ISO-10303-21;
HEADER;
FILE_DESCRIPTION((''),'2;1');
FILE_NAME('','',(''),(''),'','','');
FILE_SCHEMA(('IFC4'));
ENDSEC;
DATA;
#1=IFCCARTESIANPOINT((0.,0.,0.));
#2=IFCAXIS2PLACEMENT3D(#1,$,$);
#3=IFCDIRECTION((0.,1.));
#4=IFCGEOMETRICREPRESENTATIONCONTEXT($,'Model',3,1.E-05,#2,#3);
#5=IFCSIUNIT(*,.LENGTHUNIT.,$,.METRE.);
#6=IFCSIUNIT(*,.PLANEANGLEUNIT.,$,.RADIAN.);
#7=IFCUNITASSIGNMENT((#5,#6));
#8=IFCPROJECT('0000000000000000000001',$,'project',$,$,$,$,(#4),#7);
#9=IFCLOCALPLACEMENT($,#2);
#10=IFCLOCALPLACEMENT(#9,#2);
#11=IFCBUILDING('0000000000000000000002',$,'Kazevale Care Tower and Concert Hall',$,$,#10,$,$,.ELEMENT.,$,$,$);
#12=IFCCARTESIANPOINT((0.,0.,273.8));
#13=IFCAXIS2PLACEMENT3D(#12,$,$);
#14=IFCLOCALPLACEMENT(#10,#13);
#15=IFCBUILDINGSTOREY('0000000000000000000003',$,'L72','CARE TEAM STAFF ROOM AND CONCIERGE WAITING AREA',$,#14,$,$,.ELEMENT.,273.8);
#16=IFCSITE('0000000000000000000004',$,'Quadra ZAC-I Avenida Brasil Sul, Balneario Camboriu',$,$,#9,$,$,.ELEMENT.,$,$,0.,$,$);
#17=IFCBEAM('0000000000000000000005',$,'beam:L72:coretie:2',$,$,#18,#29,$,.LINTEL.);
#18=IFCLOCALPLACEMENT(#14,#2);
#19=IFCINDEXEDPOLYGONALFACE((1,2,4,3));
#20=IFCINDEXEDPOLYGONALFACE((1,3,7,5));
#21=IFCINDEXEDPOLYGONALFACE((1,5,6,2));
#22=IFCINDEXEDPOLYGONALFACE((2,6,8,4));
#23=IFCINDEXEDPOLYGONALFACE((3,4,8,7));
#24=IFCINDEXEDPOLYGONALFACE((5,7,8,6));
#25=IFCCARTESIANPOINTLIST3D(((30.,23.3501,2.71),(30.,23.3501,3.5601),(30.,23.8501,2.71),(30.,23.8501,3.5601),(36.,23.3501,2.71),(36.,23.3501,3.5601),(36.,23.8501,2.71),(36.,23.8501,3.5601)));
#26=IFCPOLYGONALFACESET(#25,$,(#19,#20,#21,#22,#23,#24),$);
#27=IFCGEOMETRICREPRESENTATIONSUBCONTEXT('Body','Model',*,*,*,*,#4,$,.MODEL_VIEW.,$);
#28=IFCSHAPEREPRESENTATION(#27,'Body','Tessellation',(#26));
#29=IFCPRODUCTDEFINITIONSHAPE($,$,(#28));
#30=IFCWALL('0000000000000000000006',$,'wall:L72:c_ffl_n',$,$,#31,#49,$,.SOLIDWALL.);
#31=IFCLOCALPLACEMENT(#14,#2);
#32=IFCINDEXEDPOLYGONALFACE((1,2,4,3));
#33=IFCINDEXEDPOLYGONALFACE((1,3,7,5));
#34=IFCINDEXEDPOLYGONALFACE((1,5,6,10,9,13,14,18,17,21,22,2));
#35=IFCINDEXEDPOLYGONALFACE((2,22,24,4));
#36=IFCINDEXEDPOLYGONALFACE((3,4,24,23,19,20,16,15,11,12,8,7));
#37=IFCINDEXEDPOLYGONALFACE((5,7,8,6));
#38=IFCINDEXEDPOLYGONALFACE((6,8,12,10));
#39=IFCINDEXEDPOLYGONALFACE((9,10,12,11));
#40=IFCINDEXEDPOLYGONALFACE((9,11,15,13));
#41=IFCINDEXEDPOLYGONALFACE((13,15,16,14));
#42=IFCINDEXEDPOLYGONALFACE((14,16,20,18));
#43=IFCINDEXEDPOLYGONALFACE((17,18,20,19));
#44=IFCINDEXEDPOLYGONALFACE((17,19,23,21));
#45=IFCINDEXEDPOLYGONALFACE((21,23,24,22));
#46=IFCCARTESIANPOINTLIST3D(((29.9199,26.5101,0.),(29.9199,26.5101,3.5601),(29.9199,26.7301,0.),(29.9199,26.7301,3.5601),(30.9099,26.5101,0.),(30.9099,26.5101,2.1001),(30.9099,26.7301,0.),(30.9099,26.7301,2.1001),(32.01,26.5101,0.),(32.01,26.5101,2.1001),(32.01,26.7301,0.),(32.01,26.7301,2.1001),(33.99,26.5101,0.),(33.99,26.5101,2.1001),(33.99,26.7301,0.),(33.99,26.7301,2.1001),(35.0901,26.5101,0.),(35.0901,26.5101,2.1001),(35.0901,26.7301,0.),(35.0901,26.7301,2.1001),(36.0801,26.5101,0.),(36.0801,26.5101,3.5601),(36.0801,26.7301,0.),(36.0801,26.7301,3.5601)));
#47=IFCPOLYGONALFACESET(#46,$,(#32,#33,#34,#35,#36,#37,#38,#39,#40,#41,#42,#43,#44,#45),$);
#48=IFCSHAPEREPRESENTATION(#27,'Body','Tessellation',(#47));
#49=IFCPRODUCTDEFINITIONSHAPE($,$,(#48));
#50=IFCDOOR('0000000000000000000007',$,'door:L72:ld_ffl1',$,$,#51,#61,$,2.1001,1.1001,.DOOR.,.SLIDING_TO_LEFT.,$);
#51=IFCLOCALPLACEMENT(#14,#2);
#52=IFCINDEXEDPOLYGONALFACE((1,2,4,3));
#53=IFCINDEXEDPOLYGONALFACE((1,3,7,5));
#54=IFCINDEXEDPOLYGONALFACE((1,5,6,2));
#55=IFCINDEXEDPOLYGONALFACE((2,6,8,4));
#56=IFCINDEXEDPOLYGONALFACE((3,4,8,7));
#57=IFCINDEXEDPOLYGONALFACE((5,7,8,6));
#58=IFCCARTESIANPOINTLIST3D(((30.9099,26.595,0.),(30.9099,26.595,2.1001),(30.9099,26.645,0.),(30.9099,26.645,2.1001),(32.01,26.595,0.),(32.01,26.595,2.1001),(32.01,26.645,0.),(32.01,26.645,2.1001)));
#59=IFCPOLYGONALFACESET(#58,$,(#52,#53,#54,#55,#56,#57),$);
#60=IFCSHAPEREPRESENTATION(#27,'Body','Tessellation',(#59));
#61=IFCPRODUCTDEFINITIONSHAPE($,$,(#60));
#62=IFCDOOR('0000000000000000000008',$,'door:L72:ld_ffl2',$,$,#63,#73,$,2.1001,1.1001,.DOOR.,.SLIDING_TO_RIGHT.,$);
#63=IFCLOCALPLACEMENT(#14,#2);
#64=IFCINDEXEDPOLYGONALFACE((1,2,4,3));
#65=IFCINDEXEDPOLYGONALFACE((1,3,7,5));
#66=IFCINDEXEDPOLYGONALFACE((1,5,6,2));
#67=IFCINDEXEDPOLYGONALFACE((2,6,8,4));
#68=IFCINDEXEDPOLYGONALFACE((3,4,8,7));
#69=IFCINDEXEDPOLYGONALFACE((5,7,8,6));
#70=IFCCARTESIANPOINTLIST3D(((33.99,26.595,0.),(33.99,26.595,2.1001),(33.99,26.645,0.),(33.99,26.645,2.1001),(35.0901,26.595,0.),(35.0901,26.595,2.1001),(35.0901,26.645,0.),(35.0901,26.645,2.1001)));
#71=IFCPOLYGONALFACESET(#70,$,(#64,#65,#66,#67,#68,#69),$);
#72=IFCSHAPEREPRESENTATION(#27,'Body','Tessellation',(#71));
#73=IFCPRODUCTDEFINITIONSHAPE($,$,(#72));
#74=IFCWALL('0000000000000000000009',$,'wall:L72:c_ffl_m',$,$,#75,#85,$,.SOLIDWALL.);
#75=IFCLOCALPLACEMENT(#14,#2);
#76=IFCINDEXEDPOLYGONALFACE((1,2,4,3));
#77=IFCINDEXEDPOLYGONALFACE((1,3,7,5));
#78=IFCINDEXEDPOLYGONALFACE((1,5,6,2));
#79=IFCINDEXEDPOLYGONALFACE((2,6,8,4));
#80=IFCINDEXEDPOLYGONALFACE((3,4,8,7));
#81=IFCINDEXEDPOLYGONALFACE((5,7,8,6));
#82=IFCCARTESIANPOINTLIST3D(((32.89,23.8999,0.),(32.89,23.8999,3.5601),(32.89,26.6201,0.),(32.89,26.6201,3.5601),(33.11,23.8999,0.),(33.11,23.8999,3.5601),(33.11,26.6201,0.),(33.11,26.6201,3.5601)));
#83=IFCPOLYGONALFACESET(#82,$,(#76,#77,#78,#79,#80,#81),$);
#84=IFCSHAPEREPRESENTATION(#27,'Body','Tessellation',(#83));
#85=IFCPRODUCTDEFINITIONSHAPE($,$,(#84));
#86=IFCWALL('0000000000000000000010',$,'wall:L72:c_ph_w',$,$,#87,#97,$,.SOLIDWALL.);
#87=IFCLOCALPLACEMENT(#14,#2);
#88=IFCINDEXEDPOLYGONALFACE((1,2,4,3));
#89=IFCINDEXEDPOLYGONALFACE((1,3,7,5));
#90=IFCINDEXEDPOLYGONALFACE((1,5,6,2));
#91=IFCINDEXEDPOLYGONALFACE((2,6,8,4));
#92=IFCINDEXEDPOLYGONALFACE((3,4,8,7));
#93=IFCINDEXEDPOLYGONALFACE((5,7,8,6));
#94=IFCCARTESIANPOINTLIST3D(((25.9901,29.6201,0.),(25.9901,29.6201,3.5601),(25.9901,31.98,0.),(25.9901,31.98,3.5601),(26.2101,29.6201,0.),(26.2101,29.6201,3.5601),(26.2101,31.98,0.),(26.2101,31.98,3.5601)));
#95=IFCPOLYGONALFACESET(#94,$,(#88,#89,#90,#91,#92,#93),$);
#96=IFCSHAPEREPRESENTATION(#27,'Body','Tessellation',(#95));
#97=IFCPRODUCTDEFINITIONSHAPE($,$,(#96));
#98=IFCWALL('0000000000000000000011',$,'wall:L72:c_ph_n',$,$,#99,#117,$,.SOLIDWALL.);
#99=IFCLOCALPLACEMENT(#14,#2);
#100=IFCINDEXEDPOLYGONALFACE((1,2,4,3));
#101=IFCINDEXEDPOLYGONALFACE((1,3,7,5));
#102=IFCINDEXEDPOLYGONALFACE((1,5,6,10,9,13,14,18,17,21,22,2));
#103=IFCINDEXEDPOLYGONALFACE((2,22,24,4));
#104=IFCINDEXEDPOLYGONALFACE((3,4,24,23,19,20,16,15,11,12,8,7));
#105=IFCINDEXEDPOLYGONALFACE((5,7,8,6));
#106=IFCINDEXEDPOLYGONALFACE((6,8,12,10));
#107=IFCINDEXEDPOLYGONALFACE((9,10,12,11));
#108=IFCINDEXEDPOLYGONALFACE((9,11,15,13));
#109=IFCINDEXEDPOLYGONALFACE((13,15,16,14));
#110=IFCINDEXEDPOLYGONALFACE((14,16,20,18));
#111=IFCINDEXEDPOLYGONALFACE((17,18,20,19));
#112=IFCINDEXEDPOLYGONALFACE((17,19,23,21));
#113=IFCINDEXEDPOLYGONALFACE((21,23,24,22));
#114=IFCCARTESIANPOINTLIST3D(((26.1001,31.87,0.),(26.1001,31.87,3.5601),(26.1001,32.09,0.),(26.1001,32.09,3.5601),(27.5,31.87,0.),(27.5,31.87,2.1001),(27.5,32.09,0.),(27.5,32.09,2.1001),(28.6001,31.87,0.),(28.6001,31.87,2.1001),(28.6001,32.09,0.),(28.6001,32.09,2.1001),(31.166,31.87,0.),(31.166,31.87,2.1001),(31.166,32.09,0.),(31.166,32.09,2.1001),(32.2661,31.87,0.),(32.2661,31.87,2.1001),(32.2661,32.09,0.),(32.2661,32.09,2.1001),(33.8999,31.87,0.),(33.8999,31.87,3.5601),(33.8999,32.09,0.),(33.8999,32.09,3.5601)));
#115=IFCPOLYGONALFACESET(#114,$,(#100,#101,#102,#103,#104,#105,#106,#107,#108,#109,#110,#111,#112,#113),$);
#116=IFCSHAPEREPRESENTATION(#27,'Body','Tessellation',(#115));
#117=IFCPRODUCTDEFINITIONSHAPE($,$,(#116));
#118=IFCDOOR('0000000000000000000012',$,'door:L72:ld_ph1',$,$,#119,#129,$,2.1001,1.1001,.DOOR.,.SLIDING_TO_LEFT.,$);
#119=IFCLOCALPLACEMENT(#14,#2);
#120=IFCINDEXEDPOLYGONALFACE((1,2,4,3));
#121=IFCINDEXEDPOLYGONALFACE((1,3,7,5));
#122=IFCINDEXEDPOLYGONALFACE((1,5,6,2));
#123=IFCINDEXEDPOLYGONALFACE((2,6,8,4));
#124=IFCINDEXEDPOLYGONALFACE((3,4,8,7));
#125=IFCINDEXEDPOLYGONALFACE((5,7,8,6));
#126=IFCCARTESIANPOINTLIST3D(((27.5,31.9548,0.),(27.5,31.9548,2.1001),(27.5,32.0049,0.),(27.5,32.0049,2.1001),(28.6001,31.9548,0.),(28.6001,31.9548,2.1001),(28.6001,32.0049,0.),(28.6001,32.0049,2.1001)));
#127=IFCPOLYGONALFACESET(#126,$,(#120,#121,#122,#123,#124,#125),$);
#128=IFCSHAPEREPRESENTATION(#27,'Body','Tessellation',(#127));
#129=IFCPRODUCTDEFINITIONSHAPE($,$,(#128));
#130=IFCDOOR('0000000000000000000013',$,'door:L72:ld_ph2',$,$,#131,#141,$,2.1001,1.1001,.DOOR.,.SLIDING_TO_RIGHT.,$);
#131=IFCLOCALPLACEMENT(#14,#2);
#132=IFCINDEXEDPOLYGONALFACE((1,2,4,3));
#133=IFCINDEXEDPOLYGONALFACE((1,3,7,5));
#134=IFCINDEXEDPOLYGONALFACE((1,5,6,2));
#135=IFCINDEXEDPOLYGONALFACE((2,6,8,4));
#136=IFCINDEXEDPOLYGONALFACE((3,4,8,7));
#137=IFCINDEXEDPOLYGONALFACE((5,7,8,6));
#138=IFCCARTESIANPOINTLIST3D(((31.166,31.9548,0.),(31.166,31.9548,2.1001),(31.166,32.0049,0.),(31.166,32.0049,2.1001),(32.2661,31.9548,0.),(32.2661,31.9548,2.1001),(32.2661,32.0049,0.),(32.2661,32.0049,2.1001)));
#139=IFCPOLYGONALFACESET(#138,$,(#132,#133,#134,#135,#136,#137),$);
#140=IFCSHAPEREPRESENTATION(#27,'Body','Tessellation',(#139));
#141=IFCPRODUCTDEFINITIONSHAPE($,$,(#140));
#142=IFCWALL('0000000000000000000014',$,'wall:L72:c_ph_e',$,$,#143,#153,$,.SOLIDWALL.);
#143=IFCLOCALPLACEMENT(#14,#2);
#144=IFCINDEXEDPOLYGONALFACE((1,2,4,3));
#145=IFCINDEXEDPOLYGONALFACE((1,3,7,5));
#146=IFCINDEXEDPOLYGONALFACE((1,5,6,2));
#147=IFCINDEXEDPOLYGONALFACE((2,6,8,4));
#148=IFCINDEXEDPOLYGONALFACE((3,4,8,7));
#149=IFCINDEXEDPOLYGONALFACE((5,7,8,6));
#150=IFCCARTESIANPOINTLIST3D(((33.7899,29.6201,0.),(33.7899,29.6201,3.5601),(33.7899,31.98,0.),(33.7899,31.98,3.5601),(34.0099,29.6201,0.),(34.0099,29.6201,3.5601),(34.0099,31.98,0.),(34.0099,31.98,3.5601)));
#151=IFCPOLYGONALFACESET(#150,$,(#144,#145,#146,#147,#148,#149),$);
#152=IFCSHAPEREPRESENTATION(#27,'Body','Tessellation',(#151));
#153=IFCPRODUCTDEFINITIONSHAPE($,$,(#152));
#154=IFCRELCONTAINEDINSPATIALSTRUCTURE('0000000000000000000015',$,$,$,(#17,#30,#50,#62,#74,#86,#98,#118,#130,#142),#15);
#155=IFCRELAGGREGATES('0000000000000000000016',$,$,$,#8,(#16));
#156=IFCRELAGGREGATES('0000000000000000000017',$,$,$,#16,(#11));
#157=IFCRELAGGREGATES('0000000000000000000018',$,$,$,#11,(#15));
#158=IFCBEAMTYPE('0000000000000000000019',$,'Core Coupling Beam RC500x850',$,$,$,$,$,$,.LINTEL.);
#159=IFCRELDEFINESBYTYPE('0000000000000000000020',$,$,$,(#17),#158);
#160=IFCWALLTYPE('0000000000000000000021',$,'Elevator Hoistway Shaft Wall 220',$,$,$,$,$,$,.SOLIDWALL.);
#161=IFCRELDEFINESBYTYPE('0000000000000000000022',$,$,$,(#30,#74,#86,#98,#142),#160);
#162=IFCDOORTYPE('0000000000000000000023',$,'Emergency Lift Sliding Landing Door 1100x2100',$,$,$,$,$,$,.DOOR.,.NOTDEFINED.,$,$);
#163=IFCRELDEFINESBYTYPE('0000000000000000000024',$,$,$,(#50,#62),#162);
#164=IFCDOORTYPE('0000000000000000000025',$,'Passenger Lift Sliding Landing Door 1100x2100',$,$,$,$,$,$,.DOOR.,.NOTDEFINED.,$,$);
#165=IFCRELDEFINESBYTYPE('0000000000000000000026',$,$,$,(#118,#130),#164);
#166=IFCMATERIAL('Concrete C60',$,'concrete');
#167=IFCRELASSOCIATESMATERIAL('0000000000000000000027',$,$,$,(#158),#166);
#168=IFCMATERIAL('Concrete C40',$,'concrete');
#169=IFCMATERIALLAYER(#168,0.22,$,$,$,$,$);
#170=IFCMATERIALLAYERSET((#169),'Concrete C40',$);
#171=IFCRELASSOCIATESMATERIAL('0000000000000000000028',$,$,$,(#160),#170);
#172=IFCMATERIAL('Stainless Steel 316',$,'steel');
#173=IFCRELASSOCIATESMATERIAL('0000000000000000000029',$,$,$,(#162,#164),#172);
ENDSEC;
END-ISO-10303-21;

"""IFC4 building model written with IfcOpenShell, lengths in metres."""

from ifc_helpers import new_model, si_unit, direction, frame, frame_2d, origin, origin_2d, place, context, subcontext, project, spatial, rectangle, extrude, material, layer, layer_set, material_profile, profile_set, type_object, element, fill, save


model = new_model("IFC4")

# Units and contexts
model_context = context("Model", 3, precision=1e-05, world=origin(), true_north=direction((0.0, 1.0)))
body_context = subcontext(model_context, "Body", "Model", "MODEL_VIEW")
ifc_project = project(units=[si_unit("LENGTHUNIT", "METRE"), si_unit("PLANEANGLEUNIT", "RADIAN")], contexts=[model_context])

# Site, building, storey
site_placement = place(None, origin())
site = spatial("IfcSite", under=ifc_project, at=site_placement, Name="Quadra ZAC-I Avenida Brasil Sul, Balneario Camboriu", CompositionType="ELEMENT", RefElevation=0.0)
building_placement = place(site_placement, origin())
building = spatial("IfcBuilding", under=site, at=building_placement, Name="Kazevale Care Tower and Concert Hall", CompositionType="ELEMENT")
storey_placement = place(building_placement, frame((0.0, 0.0, 273.8)))
storey = spatial("IfcBuildingStorey", under=building, at=storey_placement, Name="L72", Description="CARE TEAM STAFF ROOM AND CONCIERGE WAITING AREA", CompositionType="ELEMENT", Elevation=273.8)

# Beam
ifc_material_1 = material(Name="Concrete C60", Category="concrete")
ifc_material_profile = material_profile(ifc_material_1, rectangle(XDim=0.5, YDim=0.8501, at=origin_2d()), Name="RC-B500x850")
ifc_profile_set = profile_set([ifc_material_profile], Name="Concrete C60")
beam_type = type_object("IfcBeamType", Name="Core Coupling Beam RC500x850", PredefinedType="LINTEL", material=ifc_profile_set)
beam_placement = place(storey_placement, frame((30.0, 23.6001, 3.135), z_axis=(1.0, 0.0, 0.0), x_axis=(0.0, 1.0, 0.0)))
element("IfcBeam", 1, at=beam_placement, inside=storey, type_object=beam_type, Name="beam:L72:coretie:2", PredefinedType="LINTEL", context=body_context, shape_type="SweptSolid", body=[
    extrude(rectangle(XDim=0.5, YDim=0.8501, at=origin_2d()), origin(), (0.0, 0.0, 1.0), 6.0),
])

# Wall, openings, doors
ifc_material_2 = material(Name="Concrete C40", Category="concrete")
ifc_layer_1 = layer(ifc_material_2, 0.22)
ifc_layer_set_1 = layer_set([ifc_layer_1], Name="Concrete C40")
wall_type_1 = type_object("IfcWallType", Name="Elevator Hoistway Shaft Wall 220", PredefinedType="SOLIDWALL", material=ifc_layer_set_1)
wall_1_placement = place(storey_placement, frame((29.9199, 26.6201, 0.0), z_axis=(0.0, 0.0, 1.0), x_axis=(1.0, 0.0, 0.0)))
wall_1 = element("IfcWall", 2, at=wall_1_placement, inside=storey, type_object=wall_type_1, Name="wall:L72:c_ffl_n", PredefinedType="SOLIDWALL", context=body_context, shape_type="SweptSolid", body=[
    extrude(rectangle(XDim=6.1602, YDim=0.22, at=frame_2d((3.0801, 0.0))), origin(), (0.0, 0.0, 1.0), 3.5601),
])
opening_1_placement = place(wall_1_placement, frame((0.99, 0.0, 0.0)))
opening_1 = element("IfcOpeningElement", 3, at=opening_1_placement, cuts=wall_1, PredefinedType="OPENING", context=body_context, shape_type="SweptSolid", body=[
    extrude(rectangle(XDim=1.1001, YDim=2.1001, at=frame_2d((0.55, 1.05))), frame((0.0, 0.1199, 0.0), z_axis=(0.0, -1.0, 0.0), x_axis=(1.0, 0.0, 0.0)), (0.0, 0.0, 1.0), 0.24),
])
opening_2_placement = place(wall_1_placement, frame((4.0701, 0.0, 0.0)))
opening_2 = element("IfcOpeningElement", 4, at=opening_2_placement, cuts=wall_1, PredefinedType="OPENING", context=body_context, shape_type="SweptSolid", body=[
    extrude(rectangle(XDim=1.1001, YDim=2.1001, at=frame_2d((0.55, 1.05))), frame((0.0, 0.1199, 0.0), z_axis=(0.0, -1.0, 0.0), x_axis=(1.0, 0.0, 0.0)), (0.0, 0.0, 1.0), 0.24),
])
ifc_material_3 = material(Name="Stainless Steel 316", Category="steel")
door_type_1 = type_object("IfcDoorType", Name="Emergency Lift Sliding Landing Door 1100x2100", OperationType="NOTDEFINED", PredefinedType="DOOR", material=ifc_material_3)
door_1_placement = place(opening_1_placement, origin())
door_1 = element("IfcDoor", 5, at=door_1_placement, inside=storey, type_object=door_type_1, Name="door:L72:ld_ffl1", OperationType="SLIDING_TO_LEFT", OverallHeight=2.1001, OverallWidth=1.1001, PredefinedType="DOOR", context=body_context, shape_type="SweptSolid", body=[
    extrude(rectangle(XDim=1.1001, YDim=2.1001, at=frame_2d((0.55, 1.05))), frame((0.0, 0.0249, 0.0), z_axis=(0.0, -1.0, 0.0), x_axis=(1.0, 0.0, 0.0)), (0.0, 0.0, 1.0), 0.05),
])
fill(opening_1, door_1)
door_2_placement = place(opening_2_placement, origin())
door_2 = element("IfcDoor", 6, at=door_2_placement, inside=storey, type_object=door_type_1, Name="door:L72:ld_ffl2", OperationType="SLIDING_TO_RIGHT", OverallHeight=2.1001, OverallWidth=1.1001, PredefinedType="DOOR", context=body_context, shape_type="SweptSolid", body=[
    extrude(rectangle(XDim=1.1001, YDim=2.1001, at=frame_2d((0.55, 1.05))), frame((0.0, 0.0249, 0.0), z_axis=(0.0, -1.0, 0.0), x_axis=(1.0, 0.0, 0.0)), (0.0, 0.0, 1.0), 0.05),
])
fill(opening_2, door_2)

# Walls
wall_2_placement = place(storey_placement, frame((33.0, 23.8999, 0.0), z_axis=(0.0, 0.0, 1.0), x_axis=(0.0, 1.0, 0.0)))
element("IfcWall", 7, at=wall_2_placement, inside=storey, type_object=wall_type_1, Name="wall:L72:c_ffl_m", PredefinedType="SOLIDWALL", context=body_context, shape_type="SweptSolid", body=[
    extrude(rectangle(XDim=2.7202, YDim=0.22, at=frame_2d((1.3601, 0.0))), origin(), (0.0, 0.0, 1.0), 3.5601),
])
wall_3_placement = place(storey_placement, frame((26.1001, 29.6201, 0.0), z_axis=(0.0, 0.0, 1.0), x_axis=(0.0, 1.0, 0.0)))
element("IfcWall", 8, at=wall_3_placement, inside=storey, type_object=wall_type_1, Name="wall:L72:c_ph_w", PredefinedType="SOLIDWALL", context=body_context, shape_type="SweptSolid", body=[
    extrude(rectangle(XDim=2.3599, YDim=0.22, at=frame_2d((1.1799, 0.0))), origin(), (0.0, 0.0, 1.0), 3.5601),
])

# Wall, openings, doors
wall_4_placement = place(storey_placement, frame((26.1001, 31.98, 0.0), z_axis=(0.0, 0.0, 1.0), x_axis=(1.0, 0.0, 0.0)))
wall_4 = element("IfcWall", 9, at=wall_4_placement, inside=storey, type_object=wall_type_1, Name="wall:L72:c_ph_n", PredefinedType="SOLIDWALL", context=body_context, shape_type="SweptSolid", body=[
    extrude(rectangle(XDim=7.7998, YDim=0.22, at=frame_2d((3.8999, 0.0))), origin(), (0.0, 0.0, 1.0), 3.5601),
])
opening_3_placement = place(wall_4_placement, frame((1.3999, 0.0, 0.0)))
opening_3 = element("IfcOpeningElement", 10, at=opening_3_placement, cuts=wall_4, PredefinedType="OPENING", context=body_context, shape_type="SweptSolid", body=[
    extrude(rectangle(XDim=1.1001, YDim=2.1001, at=frame_2d((0.55, 1.05))), frame((0.0, 0.1199, 0.0), z_axis=(0.0, -1.0, 0.0), x_axis=(1.0, 0.0, 0.0)), (0.0, 0.0, 1.0), 0.24),
])
opening_4_placement = place(wall_4_placement, frame((5.0659, 0.0, 0.0)))
opening_4 = element("IfcOpeningElement", 11, at=opening_4_placement, cuts=wall_4, PredefinedType="OPENING", context=body_context, shape_type="SweptSolid", body=[
    extrude(rectangle(XDim=1.1001, YDim=2.1001, at=frame_2d((0.55, 1.05))), frame((0.0, 0.1199, 0.0), z_axis=(0.0, -1.0, 0.0), x_axis=(1.0, 0.0, 0.0)), (0.0, 0.0, 1.0), 0.24),
])
door_type_2 = type_object("IfcDoorType", Name="Passenger Lift Sliding Landing Door 1100x2100", OperationType="NOTDEFINED", PredefinedType="DOOR", material=ifc_material_3)
door_3_placement = place(opening_3_placement, origin())
door_3 = element("IfcDoor", 12, at=door_3_placement, inside=storey, type_object=door_type_2, Name="door:L72:ld_ph1", OperationType="SLIDING_TO_LEFT", OverallHeight=2.1001, OverallWidth=1.1001, PredefinedType="DOOR", context=body_context, shape_type="SweptSolid", body=[
    extrude(rectangle(XDim=1.1001, YDim=2.1001, at=frame_2d((0.55, 1.05))), frame((0.0, 0.0249, 0.0), z_axis=(0.0, -1.0, 0.0), x_axis=(1.0, 0.0, 0.0)), (0.0, 0.0, 1.0), 0.05),
])
fill(opening_3, door_3)
door_4_placement = place(opening_4_placement, origin())
door_4 = element("IfcDoor", 13, at=door_4_placement, inside=storey, type_object=door_type_2, Name="door:L72:ld_ph2", OperationType="SLIDING_TO_RIGHT", OverallHeight=2.1001, OverallWidth=1.1001, PredefinedType="DOOR", context=body_context, shape_type="SweptSolid", body=[
    extrude(rectangle(XDim=1.1001, YDim=2.1001, at=frame_2d((0.55, 1.05))), frame((0.0, 0.0249, 0.0), z_axis=(0.0, -1.0, 0.0), x_axis=(1.0, 0.0, 0.0)), (0.0, 0.0, 1.0), 0.05),
])
fill(opening_4, door_4)

# Wall
wall_5_placement = place(storey_placement, frame((33.8999, 29.6201, 0.0), z_axis=(0.0, 0.0, 1.0), x_axis=(0.0, 1.0, 0.0)))
element("IfcWall", 14, at=wall_5_placement, inside=storey, type_object=wall_type_1, Name="wall:L72:c_ph_e", PredefinedType="SOLIDWALL", context=body_context, shape_type="SweptSolid", body=[
    extrude(rectangle(XDim=2.3599, YDim=0.22, at=frame_2d((1.1799, 0.0))), origin(), (0.0, 0.0, 1.0), 3.5601),
])

save(model, "model.ifc")
